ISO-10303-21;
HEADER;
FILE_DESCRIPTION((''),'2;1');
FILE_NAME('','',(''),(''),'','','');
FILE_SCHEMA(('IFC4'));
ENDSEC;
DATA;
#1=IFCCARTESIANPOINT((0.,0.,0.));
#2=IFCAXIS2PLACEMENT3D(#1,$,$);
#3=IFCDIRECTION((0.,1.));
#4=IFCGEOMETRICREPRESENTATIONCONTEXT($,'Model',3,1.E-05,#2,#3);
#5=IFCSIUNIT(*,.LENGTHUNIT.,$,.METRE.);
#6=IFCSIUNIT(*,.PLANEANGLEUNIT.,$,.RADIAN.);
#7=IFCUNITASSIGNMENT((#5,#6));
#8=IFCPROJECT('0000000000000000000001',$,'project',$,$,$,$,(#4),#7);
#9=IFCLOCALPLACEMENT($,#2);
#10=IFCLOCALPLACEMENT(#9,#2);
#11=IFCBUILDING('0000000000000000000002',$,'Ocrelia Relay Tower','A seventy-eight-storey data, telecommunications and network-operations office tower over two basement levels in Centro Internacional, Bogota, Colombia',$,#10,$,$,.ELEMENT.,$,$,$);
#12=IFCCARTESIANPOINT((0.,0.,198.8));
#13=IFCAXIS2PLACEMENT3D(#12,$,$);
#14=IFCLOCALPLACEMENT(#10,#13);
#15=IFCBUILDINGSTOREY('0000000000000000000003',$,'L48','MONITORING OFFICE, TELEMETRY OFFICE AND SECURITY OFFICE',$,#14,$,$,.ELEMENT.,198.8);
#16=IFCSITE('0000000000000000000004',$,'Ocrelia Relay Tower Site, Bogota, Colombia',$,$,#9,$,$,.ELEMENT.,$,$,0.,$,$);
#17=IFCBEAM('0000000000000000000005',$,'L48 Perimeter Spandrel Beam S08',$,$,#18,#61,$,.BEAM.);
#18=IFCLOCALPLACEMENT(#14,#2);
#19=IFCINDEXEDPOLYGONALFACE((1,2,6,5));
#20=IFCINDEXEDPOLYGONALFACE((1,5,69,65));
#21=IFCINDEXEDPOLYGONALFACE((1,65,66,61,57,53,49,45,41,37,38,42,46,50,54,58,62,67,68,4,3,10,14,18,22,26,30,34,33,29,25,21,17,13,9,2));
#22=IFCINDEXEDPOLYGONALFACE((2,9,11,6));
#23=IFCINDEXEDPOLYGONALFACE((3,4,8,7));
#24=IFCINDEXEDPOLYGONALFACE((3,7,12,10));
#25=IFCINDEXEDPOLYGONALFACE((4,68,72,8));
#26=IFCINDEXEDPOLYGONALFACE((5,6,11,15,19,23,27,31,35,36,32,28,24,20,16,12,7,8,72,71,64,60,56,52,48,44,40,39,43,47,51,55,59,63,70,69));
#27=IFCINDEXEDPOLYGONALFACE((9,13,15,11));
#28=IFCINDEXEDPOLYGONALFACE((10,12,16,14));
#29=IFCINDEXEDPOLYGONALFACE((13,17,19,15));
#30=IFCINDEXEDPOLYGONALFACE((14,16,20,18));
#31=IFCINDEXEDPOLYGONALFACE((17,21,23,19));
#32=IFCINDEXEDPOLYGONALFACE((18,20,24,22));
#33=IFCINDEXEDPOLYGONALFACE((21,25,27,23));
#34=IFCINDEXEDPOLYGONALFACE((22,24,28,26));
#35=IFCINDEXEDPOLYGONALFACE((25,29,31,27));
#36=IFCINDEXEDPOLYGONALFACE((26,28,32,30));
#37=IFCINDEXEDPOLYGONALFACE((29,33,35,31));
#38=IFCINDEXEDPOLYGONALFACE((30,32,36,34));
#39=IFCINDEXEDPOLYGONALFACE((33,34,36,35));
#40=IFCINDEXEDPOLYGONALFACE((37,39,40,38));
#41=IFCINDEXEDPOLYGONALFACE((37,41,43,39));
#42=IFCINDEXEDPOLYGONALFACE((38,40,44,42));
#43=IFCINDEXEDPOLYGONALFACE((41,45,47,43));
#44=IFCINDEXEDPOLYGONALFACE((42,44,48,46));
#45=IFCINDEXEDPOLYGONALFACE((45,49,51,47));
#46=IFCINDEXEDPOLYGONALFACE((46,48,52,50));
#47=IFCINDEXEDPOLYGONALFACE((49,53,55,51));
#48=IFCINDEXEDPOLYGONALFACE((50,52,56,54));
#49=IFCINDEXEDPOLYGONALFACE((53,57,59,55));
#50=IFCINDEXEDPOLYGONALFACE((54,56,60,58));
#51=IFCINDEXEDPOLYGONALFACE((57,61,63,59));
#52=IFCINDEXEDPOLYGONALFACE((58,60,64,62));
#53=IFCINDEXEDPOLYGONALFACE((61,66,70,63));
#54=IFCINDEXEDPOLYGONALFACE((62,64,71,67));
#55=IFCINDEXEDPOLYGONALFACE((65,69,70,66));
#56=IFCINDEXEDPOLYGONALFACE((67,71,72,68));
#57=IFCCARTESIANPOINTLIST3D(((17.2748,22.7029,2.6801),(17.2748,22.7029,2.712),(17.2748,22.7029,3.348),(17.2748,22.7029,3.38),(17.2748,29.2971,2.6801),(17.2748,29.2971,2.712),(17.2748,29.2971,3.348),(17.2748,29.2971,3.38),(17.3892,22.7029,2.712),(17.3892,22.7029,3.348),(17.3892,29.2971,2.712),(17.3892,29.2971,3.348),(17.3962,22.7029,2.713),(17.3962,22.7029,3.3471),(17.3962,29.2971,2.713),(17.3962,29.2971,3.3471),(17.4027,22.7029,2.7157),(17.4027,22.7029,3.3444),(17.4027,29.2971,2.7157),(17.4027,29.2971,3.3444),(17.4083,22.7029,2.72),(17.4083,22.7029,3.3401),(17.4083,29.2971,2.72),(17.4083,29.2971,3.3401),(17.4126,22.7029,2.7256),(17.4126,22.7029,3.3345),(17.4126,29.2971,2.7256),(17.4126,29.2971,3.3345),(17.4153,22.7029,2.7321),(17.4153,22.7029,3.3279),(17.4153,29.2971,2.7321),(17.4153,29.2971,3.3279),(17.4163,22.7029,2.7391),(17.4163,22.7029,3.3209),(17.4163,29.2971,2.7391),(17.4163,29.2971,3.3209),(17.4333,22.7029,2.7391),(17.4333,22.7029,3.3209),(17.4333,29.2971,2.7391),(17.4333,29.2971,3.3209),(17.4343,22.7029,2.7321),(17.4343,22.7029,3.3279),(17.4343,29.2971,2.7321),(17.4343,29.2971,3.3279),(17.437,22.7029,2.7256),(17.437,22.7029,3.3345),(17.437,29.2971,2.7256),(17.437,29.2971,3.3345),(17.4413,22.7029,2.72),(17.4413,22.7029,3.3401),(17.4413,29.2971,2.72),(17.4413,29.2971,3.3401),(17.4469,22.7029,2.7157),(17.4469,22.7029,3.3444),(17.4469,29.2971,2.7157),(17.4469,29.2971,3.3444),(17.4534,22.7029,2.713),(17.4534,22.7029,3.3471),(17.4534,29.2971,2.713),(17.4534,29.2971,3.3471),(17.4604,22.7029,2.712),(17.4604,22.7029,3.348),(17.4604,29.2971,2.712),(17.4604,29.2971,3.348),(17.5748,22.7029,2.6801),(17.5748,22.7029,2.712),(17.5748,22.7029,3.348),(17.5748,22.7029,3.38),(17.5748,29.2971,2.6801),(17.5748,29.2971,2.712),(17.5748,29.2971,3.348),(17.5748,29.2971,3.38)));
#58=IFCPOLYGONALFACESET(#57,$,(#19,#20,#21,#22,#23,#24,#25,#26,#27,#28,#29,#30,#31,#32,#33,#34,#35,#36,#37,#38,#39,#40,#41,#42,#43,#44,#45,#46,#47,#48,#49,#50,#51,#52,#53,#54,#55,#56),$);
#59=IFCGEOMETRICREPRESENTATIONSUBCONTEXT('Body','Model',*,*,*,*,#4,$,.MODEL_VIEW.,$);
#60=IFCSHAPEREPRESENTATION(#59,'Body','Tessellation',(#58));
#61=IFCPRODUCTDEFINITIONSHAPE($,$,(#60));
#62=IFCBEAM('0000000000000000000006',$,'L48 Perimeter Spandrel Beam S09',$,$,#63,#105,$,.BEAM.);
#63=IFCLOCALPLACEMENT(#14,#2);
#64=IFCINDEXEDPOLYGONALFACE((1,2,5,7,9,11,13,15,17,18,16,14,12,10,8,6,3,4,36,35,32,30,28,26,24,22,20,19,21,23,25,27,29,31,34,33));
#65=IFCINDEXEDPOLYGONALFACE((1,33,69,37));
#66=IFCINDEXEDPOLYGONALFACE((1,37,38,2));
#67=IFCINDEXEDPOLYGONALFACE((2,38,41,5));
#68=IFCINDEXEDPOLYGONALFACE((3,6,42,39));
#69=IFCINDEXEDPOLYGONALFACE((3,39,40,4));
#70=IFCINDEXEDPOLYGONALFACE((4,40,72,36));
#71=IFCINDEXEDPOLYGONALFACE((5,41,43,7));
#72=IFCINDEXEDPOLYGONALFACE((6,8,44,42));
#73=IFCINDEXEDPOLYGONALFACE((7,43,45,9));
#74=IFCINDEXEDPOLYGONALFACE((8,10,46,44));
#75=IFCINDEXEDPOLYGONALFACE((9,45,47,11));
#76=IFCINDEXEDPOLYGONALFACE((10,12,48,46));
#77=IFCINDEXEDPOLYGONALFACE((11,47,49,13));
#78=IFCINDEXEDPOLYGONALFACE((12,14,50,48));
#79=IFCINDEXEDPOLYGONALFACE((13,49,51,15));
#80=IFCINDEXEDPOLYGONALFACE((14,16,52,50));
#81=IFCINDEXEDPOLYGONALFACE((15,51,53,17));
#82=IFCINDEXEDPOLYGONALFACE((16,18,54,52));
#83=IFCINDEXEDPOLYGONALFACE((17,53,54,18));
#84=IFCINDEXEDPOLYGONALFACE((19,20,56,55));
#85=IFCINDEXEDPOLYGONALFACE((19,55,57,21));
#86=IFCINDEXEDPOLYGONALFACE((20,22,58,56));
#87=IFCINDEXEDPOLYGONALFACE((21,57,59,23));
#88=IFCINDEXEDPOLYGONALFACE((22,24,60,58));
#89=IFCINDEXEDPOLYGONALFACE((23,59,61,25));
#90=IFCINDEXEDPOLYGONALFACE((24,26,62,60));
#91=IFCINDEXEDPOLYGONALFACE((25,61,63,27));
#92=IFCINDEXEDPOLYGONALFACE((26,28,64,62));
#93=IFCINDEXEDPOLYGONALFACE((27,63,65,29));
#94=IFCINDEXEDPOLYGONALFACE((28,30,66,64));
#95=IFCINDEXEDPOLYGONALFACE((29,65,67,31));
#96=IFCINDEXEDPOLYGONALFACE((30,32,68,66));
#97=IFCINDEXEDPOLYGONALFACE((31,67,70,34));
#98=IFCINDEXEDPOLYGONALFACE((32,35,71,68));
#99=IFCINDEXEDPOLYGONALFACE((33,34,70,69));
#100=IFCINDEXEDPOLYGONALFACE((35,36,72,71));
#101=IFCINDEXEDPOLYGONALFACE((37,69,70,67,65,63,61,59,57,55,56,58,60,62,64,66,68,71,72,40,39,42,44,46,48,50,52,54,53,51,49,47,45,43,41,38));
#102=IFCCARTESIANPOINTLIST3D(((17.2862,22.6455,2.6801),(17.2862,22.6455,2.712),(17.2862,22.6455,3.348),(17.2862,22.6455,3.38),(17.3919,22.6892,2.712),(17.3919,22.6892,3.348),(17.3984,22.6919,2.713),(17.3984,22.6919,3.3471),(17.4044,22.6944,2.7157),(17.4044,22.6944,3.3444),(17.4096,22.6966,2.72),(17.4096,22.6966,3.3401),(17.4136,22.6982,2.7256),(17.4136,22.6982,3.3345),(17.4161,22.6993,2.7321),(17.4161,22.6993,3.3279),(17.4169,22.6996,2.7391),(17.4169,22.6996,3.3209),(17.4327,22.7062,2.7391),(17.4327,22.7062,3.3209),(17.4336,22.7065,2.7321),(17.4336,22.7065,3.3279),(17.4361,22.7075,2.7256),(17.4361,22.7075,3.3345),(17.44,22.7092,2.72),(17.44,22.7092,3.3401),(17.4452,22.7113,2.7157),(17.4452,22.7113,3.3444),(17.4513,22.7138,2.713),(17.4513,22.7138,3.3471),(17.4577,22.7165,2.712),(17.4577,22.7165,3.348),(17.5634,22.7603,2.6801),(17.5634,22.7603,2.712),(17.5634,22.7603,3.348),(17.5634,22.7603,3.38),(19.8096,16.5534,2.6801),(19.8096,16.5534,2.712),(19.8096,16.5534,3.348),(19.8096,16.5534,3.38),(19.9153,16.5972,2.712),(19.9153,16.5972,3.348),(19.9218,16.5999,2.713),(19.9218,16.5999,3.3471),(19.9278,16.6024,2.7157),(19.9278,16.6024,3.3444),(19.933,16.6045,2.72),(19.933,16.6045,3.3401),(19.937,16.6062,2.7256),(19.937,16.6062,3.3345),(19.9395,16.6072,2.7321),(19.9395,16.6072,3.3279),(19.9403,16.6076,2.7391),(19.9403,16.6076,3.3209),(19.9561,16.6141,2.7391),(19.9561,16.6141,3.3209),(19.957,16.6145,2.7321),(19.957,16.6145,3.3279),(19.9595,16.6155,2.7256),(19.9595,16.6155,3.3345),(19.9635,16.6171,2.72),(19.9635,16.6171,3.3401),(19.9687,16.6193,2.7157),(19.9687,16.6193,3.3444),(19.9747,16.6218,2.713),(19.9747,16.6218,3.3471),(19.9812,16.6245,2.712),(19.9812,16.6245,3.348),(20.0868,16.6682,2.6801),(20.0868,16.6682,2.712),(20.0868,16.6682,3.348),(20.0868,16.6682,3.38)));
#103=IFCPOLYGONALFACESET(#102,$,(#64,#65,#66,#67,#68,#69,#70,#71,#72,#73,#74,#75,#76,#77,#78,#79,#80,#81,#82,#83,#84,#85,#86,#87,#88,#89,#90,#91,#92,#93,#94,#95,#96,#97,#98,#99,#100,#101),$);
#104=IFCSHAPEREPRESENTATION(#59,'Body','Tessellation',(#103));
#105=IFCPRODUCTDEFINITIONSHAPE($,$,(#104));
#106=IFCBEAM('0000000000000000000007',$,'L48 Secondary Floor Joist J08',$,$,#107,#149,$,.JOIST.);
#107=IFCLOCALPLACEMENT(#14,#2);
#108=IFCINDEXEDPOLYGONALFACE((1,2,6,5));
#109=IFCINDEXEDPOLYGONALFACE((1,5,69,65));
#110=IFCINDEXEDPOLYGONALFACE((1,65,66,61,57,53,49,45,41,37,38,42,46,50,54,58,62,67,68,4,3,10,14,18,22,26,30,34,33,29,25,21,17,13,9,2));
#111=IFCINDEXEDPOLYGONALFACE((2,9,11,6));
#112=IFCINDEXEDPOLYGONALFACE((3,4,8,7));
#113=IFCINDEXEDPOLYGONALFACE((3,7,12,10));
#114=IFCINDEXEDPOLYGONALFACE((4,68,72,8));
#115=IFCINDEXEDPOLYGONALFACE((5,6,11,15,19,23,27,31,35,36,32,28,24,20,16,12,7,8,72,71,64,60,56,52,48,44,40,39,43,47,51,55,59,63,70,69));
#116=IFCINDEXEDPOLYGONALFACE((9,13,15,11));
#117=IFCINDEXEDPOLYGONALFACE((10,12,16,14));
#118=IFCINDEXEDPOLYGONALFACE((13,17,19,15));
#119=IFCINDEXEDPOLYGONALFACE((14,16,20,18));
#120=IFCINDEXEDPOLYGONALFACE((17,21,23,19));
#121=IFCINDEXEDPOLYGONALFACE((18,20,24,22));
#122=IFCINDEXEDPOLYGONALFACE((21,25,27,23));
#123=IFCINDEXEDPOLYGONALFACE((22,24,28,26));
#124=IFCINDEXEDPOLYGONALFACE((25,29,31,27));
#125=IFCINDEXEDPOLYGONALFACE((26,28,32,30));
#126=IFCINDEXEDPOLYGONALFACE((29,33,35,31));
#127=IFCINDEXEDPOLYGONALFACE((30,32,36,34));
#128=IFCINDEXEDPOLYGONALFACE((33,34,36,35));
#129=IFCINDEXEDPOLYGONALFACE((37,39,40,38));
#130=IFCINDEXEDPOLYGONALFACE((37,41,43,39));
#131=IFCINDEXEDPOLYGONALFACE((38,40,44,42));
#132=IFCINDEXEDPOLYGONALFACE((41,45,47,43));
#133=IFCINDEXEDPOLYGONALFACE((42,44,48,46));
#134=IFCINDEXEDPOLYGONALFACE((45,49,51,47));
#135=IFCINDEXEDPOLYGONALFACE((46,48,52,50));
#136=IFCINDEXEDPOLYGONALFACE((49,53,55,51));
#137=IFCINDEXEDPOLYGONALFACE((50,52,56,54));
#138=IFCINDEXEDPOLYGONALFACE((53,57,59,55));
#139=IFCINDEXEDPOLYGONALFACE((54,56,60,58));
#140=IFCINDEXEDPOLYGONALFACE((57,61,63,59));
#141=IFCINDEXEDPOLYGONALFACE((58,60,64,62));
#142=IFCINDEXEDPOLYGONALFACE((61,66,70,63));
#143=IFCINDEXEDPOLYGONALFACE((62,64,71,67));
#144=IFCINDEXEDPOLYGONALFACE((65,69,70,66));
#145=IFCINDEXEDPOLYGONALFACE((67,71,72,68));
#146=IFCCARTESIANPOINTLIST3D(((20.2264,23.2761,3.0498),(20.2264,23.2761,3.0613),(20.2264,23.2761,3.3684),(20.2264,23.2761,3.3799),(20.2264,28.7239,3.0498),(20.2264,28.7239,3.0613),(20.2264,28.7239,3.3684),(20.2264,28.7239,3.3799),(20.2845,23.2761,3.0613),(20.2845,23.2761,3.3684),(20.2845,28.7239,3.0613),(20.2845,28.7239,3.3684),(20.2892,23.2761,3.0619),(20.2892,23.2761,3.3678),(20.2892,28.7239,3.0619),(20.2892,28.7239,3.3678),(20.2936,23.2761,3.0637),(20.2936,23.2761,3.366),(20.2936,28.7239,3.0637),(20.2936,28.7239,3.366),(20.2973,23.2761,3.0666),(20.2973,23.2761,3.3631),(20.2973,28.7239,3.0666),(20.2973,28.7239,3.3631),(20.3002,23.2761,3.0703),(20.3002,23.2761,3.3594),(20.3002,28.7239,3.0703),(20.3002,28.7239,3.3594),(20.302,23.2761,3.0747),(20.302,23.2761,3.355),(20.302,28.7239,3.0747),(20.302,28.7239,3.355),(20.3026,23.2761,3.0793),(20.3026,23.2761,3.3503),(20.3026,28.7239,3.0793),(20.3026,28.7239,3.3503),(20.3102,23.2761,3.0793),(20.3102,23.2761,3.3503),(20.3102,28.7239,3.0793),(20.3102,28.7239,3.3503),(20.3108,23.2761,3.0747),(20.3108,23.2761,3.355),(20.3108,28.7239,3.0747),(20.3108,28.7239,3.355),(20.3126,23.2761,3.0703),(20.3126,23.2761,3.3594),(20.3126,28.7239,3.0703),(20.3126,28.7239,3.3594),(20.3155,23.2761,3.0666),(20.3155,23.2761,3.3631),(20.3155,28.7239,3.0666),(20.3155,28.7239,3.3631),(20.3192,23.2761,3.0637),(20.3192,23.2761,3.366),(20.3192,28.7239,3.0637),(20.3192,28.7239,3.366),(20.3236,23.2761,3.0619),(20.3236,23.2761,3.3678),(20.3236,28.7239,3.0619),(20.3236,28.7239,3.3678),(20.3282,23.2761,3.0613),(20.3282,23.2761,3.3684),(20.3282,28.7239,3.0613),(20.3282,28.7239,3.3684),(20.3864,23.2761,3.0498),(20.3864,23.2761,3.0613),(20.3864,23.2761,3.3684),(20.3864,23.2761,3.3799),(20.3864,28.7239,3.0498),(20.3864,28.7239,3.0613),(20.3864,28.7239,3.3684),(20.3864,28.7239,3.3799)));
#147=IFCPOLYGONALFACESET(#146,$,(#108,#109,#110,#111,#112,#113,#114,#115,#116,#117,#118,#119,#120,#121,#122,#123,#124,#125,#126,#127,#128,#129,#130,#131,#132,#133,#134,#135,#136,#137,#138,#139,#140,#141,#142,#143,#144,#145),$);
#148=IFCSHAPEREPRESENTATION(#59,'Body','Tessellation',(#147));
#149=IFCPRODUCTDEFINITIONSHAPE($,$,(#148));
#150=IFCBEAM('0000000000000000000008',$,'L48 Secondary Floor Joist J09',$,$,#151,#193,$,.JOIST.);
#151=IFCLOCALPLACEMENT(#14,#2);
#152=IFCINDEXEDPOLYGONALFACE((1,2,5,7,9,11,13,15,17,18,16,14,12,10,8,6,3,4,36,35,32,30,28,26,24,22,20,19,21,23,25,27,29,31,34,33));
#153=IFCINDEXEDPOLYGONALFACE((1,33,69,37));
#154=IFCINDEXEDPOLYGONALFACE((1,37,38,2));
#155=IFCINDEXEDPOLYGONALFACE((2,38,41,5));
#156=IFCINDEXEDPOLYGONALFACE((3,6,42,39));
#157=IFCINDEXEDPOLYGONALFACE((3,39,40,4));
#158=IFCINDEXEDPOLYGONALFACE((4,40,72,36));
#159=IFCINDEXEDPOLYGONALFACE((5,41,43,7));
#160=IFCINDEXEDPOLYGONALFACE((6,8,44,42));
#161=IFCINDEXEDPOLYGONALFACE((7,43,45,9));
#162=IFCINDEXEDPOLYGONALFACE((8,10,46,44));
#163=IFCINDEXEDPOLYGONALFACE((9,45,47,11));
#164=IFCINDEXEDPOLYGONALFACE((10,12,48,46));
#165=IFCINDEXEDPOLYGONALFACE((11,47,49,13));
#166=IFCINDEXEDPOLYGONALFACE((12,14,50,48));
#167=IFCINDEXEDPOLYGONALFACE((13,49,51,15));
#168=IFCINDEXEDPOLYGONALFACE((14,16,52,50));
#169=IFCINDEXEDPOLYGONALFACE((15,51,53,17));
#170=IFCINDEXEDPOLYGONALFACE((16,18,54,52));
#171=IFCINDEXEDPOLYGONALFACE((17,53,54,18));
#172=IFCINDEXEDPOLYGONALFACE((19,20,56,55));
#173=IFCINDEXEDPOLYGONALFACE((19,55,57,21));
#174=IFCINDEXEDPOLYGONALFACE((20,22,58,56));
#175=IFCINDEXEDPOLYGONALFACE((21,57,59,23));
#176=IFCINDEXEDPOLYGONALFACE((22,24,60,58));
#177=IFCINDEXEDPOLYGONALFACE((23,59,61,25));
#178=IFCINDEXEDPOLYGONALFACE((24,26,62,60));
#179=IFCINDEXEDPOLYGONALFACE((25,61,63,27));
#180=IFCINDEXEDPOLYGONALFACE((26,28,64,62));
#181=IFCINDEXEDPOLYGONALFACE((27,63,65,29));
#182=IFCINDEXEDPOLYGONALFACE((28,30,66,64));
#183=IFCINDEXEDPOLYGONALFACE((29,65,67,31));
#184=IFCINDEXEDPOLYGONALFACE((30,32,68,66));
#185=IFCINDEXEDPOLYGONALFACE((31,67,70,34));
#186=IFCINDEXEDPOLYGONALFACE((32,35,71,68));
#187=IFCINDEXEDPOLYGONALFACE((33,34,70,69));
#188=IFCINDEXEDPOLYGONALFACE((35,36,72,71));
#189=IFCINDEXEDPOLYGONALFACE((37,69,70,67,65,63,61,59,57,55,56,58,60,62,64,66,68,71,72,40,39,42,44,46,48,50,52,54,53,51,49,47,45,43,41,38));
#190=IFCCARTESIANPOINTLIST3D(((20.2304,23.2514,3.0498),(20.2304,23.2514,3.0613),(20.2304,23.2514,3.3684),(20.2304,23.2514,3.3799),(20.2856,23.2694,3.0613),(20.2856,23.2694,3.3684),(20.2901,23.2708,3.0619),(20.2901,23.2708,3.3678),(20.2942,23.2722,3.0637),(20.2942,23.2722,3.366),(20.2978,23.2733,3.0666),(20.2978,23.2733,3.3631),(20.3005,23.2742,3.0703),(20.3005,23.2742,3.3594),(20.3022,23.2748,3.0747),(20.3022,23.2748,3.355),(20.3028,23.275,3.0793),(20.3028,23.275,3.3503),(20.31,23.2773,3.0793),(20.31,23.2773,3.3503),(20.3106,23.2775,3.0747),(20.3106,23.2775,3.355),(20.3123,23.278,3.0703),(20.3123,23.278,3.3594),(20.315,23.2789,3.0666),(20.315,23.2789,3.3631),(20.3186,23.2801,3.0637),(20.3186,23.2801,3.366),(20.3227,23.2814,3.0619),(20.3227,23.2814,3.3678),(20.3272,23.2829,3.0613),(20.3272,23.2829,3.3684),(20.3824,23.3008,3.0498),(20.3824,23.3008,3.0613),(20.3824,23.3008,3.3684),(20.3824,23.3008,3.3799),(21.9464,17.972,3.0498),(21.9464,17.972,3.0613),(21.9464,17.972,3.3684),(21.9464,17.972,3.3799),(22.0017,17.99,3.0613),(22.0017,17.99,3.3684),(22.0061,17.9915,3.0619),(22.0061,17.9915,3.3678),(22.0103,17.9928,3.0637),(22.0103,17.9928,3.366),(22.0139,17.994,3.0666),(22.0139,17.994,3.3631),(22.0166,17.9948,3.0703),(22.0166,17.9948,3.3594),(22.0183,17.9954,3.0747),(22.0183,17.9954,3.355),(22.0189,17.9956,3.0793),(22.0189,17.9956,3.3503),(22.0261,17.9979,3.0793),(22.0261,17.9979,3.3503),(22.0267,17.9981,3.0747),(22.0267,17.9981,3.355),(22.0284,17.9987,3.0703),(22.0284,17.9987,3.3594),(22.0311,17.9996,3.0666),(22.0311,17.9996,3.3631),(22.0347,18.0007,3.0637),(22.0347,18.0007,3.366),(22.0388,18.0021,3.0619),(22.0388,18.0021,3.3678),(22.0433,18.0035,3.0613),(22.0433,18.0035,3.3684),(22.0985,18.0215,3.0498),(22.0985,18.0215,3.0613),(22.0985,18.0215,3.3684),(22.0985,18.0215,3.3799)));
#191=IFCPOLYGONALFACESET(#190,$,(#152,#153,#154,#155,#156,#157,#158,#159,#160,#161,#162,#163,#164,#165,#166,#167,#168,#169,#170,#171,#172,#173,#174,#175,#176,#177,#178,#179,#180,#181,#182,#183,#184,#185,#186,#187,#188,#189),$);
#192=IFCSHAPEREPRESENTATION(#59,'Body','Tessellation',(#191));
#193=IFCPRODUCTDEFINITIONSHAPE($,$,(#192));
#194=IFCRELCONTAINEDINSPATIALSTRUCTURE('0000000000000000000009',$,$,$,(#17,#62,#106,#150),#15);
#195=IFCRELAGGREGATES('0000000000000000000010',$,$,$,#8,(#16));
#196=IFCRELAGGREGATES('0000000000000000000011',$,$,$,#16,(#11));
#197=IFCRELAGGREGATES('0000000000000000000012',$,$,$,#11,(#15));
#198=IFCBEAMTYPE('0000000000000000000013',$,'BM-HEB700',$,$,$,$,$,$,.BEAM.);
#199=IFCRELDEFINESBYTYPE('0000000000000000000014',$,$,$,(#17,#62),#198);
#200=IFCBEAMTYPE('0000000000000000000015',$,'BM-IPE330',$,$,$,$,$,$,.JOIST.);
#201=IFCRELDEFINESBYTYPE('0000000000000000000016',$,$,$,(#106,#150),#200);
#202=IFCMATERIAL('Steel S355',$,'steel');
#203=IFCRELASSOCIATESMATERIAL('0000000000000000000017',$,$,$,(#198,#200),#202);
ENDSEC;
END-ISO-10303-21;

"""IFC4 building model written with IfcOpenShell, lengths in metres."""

from ifc_helpers import new_model, si_unit, direction, frame, origin, origin_2d, place, context, subcontext, project, spatial, i_section, extrude, material, material_profile, profile_set, type_object, element, save


model = new_model("IFC4")

# Units and contexts
model_context = context("Model", 3, precision=1e-05, world=origin(), true_north=direction((0.0, 1.0)))
body_context = subcontext(model_context, "Body", "Model", "MODEL_VIEW")
ifc_project = project(units=[si_unit("LENGTHUNIT", "METRE"), si_unit("PLANEANGLEUNIT", "RADIAN")], contexts=[model_context])

# Site, building, storey
site_placement = place(None, origin())
site = spatial("IfcSite", under=ifc_project, at=site_placement, Name="Ocrelia Relay Tower Site, Bogota, Colombia", CompositionType="ELEMENT", RefElevation=0.0)
building_placement = place(site_placement, origin())
building = spatial("IfcBuilding", under=site, at=building_placement, Name="Ocrelia Relay Tower", Description="A seventy-eight-storey data, telecommunications and network-operations office tower over two basement levels in Centro Internacional, Bogota, Colombia", CompositionType="ELEMENT")
storey_placement = place(building_placement, frame((0.0, 0.0, 198.8)))
storey = spatial("IfcBuildingStorey", under=building, at=storey_placement, Name="L48", Description="MONITORING OFFICE, TELEMETRY OFFICE AND SECURITY OFFICE", CompositionType="ELEMENT", Elevation=198.8)

# Beams
ifc_material_1 = material(Name="Steel S355", Category="steel")
ifc_material_profile_1 = material_profile(ifc_material_1, i_section(OverallWidth=0.3, OverallDepth=0.7, WebThickness=0.0171, FlangeThickness=0.032, FilletRadius=0.0271, at=origin_2d()), Name="HEB 700")
ifc_profile_set_1 = profile_set([ifc_material_profile_1], Name="Steel S355")
beam_type_1 = type_object("IfcBeamType", Name="BM-HEB700", PredefinedType="BEAM", material=ifc_profile_set_1)
beam_1_placement = place(storey_placement, frame((17.4248, 29.2971, 3.03), z_axis=(0.0, -1.0, 0.0), x_axis=(1.0, 0.0, 0.0)))
element("IfcBeam", 1, at=beam_1_placement, inside=storey, type_object=beam_type_1, Name="L48 Perimeter Spandrel Beam S08", PredefinedType="BEAM", context=body_context, shape_type="SweptSolid", body=[
    extrude(i_section(OverallWidth=0.3, OverallDepth=0.7, WebThickness=0.0171, FlangeThickness=0.032, FilletRadius=0.0271, at=origin_2d()), origin(), (0.0, 0.0, 1.0), 6.5942),
])
beam_2_placement = place(storey_placement, frame((17.4248, 22.7029, 3.03), z_axis=(0.382688, -0.923878, 0.0), x_axis=(0.923878, 0.382688, 0.0)))
element("IfcBeam", 2, at=beam_2_placement, inside=storey, type_object=beam_type_1, Name="L48 Perimeter Spandrel Beam S09", PredefinedType="BEAM", context=body_context, shape_type="SweptSolid", body=[
    extrude(i_section(OverallWidth=0.3, OverallDepth=0.7, WebThickness=0.0171, FlangeThickness=0.032, FilletRadius=0.0271, at=origin_2d()), origin(), (0.0, 0.0, 1.0), 6.594),
])
ifc_material_profile_2 = material_profile(ifc_material_1, i_section(OverallWidth=0.1599, OverallDepth=0.3301, WebThickness=0.0076, FlangeThickness=0.0115, FilletRadius=0.0181, at=origin_2d()), Name="IPE 330")
ifc_profile_set_2 = profile_set([ifc_material_profile_2], Name="Steel S355")
beam_type_2 = type_object("IfcBeamType", Name="BM-IPE330", PredefinedType="JOIST", material=ifc_profile_set_2)
beam_3_placement = place(storey_placement, frame((20.3064, 28.7239, 3.2148), z_axis=(0.0, -1.0, 0.0), x_axis=(1.0, 0.0, 0.0)))
element("IfcBeam", 3, at=beam_3_placement, inside=storey, type_object=beam_type_2, Name="L48 Secondary Floor Joist J08", PredefinedType="JOIST", context=body_context, shape_type="SweptSolid", body=[
    extrude(i_section(OverallWidth=0.1599, OverallDepth=0.3301, WebThickness=0.0076, FlangeThickness=0.0115, FilletRadius=0.0181, at=origin_2d()), origin(), (0.0, 0.0, 1.0), 5.4478),
])
beam_4_placement = place(storey_placement, frame((20.3064, 23.2761, 3.2148), z_axis=(0.309134, -0.951019, 0.0), x_axis=(0.951019, 0.309134, 0.0)))
element("IfcBeam", 4, at=beam_4_placement, inside=storey, type_object=beam_type_2, Name="L48 Secondary Floor Joist J09", PredefinedType="JOIST", context=body_context, shape_type="SweptSolid", body=[
    extrude(i_section(OverallWidth=0.1599, OverallDepth=0.3301, WebThickness=0.0076, FlangeThickness=0.0115, FilletRadius=0.0181, at=origin_2d()), origin(), (0.0, 0.0, 1.0), 5.5513),
])

save(model, "model.ifc")
